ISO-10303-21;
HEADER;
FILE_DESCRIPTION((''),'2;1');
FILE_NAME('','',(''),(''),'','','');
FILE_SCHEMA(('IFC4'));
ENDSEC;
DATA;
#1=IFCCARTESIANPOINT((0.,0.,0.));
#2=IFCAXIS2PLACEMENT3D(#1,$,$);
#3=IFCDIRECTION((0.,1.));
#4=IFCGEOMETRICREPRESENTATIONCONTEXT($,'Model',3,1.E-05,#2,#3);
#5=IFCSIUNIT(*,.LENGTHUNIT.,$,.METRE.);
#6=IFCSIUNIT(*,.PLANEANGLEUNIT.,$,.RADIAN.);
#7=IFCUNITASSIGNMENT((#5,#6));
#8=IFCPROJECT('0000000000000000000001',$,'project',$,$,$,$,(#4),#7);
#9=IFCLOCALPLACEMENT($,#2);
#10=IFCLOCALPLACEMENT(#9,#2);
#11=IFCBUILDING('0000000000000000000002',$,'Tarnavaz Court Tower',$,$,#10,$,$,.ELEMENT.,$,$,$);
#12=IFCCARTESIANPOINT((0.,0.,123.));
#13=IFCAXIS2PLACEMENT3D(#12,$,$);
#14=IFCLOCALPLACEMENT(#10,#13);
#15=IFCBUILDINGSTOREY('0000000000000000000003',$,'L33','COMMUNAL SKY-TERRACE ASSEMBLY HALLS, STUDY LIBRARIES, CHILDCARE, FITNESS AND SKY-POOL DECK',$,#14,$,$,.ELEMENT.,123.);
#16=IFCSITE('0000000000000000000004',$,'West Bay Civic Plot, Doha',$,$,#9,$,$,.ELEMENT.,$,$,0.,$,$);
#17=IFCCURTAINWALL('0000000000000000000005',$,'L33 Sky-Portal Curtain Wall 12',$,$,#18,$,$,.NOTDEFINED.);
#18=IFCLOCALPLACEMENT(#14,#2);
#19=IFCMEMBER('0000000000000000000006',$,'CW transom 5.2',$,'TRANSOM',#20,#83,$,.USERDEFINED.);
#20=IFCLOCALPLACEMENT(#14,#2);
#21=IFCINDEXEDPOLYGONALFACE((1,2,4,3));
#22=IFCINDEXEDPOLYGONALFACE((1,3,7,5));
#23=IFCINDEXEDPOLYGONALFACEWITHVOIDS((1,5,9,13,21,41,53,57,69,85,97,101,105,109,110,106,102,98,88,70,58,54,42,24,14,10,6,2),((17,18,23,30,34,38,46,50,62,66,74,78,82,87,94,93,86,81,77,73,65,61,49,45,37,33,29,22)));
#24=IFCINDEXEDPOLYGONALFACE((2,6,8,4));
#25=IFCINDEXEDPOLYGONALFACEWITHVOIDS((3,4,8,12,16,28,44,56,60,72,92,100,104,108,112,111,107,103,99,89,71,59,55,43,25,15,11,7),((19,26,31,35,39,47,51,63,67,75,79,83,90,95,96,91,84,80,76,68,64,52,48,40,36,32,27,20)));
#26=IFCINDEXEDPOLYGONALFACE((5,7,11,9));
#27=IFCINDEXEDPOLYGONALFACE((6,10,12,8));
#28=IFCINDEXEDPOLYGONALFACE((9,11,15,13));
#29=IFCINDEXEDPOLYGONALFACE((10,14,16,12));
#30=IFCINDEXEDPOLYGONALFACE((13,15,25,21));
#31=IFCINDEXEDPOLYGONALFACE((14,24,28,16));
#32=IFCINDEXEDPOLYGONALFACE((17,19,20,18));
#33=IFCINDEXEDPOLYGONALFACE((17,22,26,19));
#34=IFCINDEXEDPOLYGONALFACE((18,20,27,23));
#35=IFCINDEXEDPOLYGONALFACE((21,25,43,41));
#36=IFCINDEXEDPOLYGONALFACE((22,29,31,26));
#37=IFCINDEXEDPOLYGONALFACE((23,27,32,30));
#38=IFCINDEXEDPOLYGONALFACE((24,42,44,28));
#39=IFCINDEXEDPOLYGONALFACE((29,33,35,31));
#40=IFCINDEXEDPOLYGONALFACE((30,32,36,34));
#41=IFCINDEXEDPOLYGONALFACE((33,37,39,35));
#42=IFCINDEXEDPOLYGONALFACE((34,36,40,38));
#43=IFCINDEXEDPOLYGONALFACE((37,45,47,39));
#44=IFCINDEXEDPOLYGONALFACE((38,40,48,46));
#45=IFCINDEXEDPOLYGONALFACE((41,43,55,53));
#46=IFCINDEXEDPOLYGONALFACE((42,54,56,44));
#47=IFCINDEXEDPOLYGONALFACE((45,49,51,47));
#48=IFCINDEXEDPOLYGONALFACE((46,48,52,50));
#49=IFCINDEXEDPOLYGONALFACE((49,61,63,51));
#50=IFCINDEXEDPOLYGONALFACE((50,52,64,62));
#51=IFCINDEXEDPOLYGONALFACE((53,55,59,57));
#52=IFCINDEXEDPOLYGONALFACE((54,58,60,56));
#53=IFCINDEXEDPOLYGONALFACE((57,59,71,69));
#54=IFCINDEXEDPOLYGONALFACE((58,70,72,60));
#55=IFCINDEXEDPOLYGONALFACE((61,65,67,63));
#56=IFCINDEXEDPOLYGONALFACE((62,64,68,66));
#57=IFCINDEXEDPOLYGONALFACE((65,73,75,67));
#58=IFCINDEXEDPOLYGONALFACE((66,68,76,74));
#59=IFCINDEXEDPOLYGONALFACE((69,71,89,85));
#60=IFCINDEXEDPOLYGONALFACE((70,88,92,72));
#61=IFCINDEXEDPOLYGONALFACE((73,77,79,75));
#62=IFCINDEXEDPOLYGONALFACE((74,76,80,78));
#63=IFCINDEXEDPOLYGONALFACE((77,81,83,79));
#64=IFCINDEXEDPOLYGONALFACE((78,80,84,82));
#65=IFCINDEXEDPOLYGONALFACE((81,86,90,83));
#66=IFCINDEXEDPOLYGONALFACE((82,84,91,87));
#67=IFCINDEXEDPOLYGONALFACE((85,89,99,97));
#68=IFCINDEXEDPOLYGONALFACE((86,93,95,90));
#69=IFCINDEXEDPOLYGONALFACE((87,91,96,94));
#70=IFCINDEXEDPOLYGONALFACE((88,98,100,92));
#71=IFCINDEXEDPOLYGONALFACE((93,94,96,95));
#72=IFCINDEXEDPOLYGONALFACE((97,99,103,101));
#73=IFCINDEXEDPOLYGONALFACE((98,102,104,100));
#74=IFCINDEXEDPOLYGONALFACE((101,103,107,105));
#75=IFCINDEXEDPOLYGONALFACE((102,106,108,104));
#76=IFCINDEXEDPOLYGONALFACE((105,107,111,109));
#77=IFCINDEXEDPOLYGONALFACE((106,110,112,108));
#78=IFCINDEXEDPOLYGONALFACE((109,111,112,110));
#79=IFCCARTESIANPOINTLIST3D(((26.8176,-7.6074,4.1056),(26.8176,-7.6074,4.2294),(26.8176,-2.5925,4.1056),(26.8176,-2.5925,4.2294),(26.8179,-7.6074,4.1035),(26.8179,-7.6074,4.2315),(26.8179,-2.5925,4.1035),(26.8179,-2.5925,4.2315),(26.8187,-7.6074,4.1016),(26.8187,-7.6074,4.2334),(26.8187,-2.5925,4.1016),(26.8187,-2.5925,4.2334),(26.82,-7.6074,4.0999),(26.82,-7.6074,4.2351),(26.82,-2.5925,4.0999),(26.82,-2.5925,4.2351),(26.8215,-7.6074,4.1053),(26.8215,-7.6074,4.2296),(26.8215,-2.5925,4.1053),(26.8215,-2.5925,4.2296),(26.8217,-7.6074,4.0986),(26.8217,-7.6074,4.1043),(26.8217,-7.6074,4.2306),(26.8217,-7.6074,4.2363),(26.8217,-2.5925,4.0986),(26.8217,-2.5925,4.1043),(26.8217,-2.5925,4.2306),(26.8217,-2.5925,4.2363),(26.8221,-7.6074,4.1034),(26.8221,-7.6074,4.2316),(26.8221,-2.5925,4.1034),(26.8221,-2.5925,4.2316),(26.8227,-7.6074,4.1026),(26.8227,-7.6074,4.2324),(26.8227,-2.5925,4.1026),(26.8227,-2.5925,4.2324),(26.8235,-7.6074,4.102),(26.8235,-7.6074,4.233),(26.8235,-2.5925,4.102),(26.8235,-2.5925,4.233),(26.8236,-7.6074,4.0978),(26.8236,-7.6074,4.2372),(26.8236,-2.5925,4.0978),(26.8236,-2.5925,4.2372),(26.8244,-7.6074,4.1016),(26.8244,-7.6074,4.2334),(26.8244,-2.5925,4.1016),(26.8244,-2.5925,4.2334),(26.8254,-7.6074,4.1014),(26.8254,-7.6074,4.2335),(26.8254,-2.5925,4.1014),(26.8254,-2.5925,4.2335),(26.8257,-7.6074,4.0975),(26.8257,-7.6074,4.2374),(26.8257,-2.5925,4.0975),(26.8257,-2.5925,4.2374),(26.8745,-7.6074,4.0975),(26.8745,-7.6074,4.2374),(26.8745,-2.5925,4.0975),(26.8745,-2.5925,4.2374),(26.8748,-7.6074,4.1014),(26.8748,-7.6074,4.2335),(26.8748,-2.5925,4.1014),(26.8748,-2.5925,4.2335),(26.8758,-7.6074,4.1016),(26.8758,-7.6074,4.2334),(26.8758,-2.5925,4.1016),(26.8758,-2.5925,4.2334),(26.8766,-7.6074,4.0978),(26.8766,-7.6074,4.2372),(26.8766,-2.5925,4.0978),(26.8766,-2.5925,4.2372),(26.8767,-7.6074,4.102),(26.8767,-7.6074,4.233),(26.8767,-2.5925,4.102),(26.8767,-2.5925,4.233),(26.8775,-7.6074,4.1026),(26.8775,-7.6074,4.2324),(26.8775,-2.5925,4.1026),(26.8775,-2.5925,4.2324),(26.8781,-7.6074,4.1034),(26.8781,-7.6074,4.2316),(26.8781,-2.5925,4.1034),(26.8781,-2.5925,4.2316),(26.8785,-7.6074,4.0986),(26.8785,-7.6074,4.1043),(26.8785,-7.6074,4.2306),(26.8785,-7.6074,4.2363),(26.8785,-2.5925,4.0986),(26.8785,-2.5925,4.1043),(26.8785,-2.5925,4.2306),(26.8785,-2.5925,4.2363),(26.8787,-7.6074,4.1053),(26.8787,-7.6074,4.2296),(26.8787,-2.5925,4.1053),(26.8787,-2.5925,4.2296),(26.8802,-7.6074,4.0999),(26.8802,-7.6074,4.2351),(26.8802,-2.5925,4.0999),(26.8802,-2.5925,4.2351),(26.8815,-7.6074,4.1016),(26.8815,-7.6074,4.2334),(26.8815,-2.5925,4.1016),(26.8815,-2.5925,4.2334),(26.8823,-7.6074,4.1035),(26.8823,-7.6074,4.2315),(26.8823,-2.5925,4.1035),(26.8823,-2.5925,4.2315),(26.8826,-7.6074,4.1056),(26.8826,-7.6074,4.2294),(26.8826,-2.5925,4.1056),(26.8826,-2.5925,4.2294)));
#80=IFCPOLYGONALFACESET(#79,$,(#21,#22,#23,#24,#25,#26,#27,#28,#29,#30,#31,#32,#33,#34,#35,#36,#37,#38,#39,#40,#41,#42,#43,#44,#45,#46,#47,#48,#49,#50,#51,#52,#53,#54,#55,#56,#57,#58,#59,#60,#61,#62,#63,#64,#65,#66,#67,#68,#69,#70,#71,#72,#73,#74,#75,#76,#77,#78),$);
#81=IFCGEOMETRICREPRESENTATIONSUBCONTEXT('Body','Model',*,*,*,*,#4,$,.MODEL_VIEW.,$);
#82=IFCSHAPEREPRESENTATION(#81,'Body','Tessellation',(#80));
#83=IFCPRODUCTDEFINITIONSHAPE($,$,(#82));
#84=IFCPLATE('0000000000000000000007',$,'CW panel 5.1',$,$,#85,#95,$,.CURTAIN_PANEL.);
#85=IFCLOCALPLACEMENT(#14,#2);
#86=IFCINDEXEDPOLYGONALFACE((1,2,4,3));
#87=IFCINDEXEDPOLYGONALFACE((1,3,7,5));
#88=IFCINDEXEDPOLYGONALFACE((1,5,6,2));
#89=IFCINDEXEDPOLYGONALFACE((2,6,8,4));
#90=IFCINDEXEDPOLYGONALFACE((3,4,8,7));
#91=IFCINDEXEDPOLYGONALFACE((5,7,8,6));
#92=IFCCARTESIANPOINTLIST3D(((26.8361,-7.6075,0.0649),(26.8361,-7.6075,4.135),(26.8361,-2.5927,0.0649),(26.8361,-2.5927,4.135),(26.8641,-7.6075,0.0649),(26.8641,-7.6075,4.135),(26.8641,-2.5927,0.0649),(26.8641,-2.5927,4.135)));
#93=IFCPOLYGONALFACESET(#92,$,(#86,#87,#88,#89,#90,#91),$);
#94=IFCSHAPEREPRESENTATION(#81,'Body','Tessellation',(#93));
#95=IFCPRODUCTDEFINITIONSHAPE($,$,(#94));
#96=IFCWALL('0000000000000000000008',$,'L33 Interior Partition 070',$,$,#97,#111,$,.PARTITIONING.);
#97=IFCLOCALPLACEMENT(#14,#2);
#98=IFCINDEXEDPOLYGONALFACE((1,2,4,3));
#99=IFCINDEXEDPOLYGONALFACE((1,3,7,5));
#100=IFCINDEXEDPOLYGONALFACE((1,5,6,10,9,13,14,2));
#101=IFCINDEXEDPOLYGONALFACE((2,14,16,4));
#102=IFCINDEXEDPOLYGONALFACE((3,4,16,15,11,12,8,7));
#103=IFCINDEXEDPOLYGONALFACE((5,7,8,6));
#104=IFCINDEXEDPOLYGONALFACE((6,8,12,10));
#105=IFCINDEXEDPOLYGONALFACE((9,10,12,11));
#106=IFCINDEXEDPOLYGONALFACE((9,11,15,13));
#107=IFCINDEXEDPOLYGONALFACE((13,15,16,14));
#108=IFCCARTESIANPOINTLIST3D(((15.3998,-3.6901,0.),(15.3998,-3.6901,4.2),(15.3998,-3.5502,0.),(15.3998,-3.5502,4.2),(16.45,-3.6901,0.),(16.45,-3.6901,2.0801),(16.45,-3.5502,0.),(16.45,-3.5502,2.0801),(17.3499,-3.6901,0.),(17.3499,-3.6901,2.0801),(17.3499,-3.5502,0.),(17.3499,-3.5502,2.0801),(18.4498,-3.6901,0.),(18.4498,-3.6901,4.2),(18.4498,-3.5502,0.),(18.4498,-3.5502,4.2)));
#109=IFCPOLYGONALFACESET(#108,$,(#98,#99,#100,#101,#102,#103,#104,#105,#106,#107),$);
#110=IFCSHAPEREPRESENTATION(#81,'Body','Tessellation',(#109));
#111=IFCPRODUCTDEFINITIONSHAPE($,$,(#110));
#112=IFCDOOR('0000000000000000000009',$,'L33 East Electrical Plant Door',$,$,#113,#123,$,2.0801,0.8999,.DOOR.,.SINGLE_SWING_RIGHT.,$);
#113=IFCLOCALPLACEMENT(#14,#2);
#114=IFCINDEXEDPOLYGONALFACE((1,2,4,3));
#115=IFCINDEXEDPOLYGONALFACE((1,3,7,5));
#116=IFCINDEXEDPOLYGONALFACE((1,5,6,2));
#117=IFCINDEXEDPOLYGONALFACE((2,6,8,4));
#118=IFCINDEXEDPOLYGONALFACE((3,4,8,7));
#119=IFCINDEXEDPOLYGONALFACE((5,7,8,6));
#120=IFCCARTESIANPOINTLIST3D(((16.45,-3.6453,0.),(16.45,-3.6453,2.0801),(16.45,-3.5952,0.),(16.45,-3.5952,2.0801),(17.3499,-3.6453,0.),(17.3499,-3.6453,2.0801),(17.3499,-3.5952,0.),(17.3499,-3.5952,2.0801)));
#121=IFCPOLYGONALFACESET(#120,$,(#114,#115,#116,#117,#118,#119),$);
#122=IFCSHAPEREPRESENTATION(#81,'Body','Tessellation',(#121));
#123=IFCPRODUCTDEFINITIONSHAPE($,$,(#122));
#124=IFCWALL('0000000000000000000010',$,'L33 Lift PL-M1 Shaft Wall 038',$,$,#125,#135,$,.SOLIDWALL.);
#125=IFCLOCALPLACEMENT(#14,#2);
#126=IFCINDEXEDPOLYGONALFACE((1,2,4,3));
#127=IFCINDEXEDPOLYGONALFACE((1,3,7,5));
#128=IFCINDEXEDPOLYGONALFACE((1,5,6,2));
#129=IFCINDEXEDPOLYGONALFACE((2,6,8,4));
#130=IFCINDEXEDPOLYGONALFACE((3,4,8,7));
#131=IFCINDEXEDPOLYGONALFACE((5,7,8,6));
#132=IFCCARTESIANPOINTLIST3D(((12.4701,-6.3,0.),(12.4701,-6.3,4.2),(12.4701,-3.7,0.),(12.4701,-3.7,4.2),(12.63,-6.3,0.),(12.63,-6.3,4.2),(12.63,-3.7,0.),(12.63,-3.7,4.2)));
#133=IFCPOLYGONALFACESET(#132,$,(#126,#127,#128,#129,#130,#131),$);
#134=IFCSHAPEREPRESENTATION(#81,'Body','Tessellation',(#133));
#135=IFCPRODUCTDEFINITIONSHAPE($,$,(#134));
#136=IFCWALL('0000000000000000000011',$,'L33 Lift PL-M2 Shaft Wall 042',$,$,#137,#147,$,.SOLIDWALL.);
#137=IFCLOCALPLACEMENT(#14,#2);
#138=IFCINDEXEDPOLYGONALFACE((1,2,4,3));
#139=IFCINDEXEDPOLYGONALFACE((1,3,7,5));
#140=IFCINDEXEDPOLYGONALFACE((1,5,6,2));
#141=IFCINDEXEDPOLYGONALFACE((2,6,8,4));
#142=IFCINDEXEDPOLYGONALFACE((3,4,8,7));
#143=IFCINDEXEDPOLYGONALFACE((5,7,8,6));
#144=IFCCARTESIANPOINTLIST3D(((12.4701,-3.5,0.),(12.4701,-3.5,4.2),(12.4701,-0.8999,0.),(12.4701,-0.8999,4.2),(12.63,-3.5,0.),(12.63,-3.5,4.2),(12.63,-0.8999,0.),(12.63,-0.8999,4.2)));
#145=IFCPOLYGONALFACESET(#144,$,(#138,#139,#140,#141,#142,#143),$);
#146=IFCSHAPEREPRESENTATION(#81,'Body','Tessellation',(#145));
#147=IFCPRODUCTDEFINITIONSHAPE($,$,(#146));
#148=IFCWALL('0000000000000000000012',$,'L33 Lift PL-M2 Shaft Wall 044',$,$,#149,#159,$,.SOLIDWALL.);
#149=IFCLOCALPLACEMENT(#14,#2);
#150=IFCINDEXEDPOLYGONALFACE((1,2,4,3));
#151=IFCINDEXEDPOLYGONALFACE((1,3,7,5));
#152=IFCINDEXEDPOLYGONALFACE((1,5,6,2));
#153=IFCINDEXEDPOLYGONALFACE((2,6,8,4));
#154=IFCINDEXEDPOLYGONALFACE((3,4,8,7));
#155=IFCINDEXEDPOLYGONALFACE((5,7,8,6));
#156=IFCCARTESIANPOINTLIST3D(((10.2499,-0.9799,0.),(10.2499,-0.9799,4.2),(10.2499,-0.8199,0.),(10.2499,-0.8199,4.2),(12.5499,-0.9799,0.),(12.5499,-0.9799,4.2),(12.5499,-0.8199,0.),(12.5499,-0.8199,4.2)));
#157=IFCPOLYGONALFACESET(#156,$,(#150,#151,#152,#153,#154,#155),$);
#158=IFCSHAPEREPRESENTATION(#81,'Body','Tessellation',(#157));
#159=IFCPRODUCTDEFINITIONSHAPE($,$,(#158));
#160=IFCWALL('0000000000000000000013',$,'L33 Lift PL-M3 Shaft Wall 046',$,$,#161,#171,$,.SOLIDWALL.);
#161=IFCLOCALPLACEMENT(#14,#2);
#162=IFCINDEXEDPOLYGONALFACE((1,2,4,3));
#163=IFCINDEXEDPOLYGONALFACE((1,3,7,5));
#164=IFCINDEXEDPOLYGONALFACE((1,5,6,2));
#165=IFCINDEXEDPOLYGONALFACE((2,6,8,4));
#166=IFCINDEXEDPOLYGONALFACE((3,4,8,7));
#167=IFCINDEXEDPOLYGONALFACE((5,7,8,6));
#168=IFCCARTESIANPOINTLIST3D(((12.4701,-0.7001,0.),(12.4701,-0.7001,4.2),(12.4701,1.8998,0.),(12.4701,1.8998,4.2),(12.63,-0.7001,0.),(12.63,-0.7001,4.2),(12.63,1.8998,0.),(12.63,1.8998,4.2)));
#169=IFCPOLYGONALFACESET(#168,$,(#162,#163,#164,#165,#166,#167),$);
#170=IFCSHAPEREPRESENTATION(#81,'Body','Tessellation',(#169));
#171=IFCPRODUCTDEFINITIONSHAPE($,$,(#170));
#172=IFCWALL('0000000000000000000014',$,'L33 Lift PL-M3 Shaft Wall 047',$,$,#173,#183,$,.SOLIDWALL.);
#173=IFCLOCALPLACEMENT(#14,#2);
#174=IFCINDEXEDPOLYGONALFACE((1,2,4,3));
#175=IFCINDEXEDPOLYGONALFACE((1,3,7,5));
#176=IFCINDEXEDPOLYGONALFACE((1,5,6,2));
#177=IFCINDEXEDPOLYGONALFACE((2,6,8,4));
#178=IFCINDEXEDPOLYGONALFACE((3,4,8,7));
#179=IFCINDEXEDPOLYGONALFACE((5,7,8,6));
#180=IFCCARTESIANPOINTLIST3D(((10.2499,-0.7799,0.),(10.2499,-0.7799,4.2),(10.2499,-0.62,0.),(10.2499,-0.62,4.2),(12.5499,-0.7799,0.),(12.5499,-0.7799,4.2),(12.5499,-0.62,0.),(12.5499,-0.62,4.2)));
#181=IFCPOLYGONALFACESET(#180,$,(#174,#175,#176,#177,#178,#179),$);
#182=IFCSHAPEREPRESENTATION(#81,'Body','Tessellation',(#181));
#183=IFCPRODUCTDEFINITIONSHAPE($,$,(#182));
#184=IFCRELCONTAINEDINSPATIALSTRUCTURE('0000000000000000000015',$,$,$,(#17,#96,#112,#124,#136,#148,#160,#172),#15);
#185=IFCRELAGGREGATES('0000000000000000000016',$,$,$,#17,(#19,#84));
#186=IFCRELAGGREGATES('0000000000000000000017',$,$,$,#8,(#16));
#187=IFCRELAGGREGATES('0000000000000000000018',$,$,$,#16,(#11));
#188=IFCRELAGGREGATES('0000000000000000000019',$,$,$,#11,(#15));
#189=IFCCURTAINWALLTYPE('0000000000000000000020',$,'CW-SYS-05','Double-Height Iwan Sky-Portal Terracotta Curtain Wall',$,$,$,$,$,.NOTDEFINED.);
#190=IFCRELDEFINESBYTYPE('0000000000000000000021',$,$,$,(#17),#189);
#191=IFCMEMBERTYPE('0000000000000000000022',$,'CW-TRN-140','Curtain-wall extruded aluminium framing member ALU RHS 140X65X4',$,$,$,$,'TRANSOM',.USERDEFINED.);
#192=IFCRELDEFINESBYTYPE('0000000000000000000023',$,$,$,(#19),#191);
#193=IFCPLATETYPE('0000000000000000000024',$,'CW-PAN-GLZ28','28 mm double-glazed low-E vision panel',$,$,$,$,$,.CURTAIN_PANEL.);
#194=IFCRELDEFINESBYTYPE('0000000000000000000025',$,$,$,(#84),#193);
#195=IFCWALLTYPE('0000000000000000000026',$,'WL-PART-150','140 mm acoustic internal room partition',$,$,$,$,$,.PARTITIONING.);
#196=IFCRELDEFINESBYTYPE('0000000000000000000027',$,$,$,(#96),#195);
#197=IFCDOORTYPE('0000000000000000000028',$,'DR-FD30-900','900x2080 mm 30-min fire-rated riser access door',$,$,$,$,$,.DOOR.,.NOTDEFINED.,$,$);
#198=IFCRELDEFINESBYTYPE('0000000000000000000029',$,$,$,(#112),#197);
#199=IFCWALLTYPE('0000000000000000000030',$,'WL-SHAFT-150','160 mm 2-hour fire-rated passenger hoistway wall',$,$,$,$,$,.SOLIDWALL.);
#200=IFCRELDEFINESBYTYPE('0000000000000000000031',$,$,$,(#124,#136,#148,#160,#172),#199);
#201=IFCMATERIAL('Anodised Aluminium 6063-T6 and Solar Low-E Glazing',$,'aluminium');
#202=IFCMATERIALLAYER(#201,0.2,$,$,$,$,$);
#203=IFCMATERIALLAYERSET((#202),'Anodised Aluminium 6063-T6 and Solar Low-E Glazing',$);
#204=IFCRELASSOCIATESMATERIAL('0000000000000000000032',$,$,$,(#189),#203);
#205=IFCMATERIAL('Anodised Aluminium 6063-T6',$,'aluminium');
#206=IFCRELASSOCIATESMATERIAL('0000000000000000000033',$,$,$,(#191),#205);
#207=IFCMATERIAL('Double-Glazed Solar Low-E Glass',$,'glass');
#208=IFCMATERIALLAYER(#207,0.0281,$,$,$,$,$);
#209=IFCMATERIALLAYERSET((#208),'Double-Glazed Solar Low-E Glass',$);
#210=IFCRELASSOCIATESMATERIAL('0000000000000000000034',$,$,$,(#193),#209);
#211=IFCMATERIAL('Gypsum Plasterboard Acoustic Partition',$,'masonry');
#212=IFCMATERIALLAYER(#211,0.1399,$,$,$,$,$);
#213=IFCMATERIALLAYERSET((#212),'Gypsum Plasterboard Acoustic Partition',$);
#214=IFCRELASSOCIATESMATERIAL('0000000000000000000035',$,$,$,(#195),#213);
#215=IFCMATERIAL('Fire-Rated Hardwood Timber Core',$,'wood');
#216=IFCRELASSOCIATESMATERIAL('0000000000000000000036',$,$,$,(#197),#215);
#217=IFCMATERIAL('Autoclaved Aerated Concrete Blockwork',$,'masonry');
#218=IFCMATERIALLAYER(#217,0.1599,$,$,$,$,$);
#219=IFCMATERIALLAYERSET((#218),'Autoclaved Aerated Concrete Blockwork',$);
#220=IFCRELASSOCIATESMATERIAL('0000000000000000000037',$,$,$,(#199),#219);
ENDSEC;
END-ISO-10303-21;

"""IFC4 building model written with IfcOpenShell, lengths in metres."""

from ifc_helpers import new_model, si_unit, direction, frame, frame_2d, origin, origin_2d, place, context, subcontext, project, spatial, rectangle, hollow_rectangle, extrude, material, layer, layer_set, material_profile, profile_set, type_object, element, fill, aggregate, save


model = new_model("IFC4")

# Units and contexts
model_context = context("Model", 3, precision=1e-05, world=origin(), true_north=direction((0.0, 1.0)))
body_context = subcontext(model_context, "Body", "Model", "MODEL_VIEW")
ifc_project = project(units=[si_unit("LENGTHUNIT", "METRE"), si_unit("PLANEANGLEUNIT", "RADIAN")], contexts=[model_context])

# Site, building, storey
site_placement = place(None, origin())
site = spatial("IfcSite", under=ifc_project, at=site_placement, Name="West Bay Civic Plot, Doha", CompositionType="ELEMENT", RefElevation=0.0)
building_placement = place(site_placement, origin())
building = spatial("IfcBuilding", under=site, at=building_placement, Name="Tarnavaz Court Tower", CompositionType="ELEMENT")
storey_placement = place(building_placement, frame((0.0, 0.0, 123.0)))
storey = spatial("IfcBuildingStorey", under=building, at=storey_placement, Name="L33", Description="COMMUNAL SKY-TERRACE ASSEMBLY HALLS, STUDY LIBRARIES, CHILDCARE, FITNESS AND SKY-POOL DECK", CompositionType="ELEMENT", Elevation=123.0)

# Curtain wall, member, plate
ifc_material_1 = material(Name="Anodised Aluminium 6063-T6 and Solar Low-E Glazing", Category="aluminium")
ifc_layer_1 = layer(ifc_material_1, 0.2)
ifc_layer_set_1 = layer_set([ifc_layer_1], Name="Anodised Aluminium 6063-T6 and Solar Low-E Glazing")
curtain_wall_type = type_object("IfcCurtainWallType", Name="CW-SYS-05", Description="Double-Height Iwan Sky-Portal Terracotta Curtain Wall", PredefinedType="NOTDEFINED", material=ifc_layer_set_1)
curtain_wall_placement = place(storey_placement, origin())
curtain_wall = element("IfcCurtainWall", 1, at=curtain_wall_placement, inside=storey, type_object=curtain_wall_type, Name="L33 Sky-Portal Curtain Wall 12", PredefinedType="NOTDEFINED")
ifc_material_2 = material(Name="Anodised Aluminium 6063-T6", Category="aluminium")
ifc_material_profile_1 = material_profile(ifc_material_2, hollow_rectangle(XDim=0.0649, YDim=0.1399, WallThickness=0.0039, InnerFilletRadius=0.0039, OuterFilletRadius=0.0081, at=origin_2d()), Name="ALU RHS 140X65X4")
ifc_profile_set_1 = profile_set([ifc_material_profile_1], Name="Anodised Aluminium 6063-T6")
member_type_1 = type_object("IfcMemberType", Name="CW-TRN-140", Description="Curtain-wall extruded aluminium framing member ALU RHS 140X65X4", ElementType="TRANSOM", PredefinedType="USERDEFINED", material=ifc_profile_set_1)
member_1_placement = place(storey_placement, frame((26.8501, -2.5925, 4.1675), z_axis=(0.0, -1.0, 0.0), x_axis=(1.0, 0.0, 0.0)))
member_1 = element("IfcMember", 2, at=member_1_placement, type_object=member_type_1, Name="CW transom 5.2", ObjectType="TRANSOM", PredefinedType="USERDEFINED", context=body_context, shape_type="SweptSolid", body=[
    extrude(hollow_rectangle(XDim=0.0649, YDim=0.1399, WallThickness=0.0039, InnerFilletRadius=0.0039, OuterFilletRadius=0.0081, at=origin_2d()), origin(), (0.0, 0.0, 1.0), 5.0149),
])
ifc_material_3 = material(Name="Double-Glazed Solar Low-E Glass", Category="glass")
ifc_layer_2 = layer(ifc_material_3, 0.0281)
ifc_layer_set_2 = layer_set([ifc_layer_2], Name="Double-Glazed Solar Low-E Glass")
plate_type = type_object("IfcPlateType", Name="CW-PAN-GLZ28", Description="28 mm double-glazed low-E vision panel", PredefinedType="CURTAIN_PANEL", material=ifc_layer_set_2)
plate_placement = place(storey_placement, frame((26.8501, -5.1001, 0.0649), z_axis=(0.0, 0.0, 1.0), x_axis=(0.0, -1.0, 0.0)))
plate = element("IfcPlate", 3, at=plate_placement, type_object=plate_type, Name="CW panel 5.1", PredefinedType="CURTAIN_PANEL", context=body_context, shape_type="SweptSolid", body=[
    extrude(rectangle(XDim=5.0149, YDim=0.0281, at=origin_2d()), origin(), (0.0, 0.0, 1.0), 4.0701),
])
aggregate(curtain_wall, [member_1, plate])

# Wall, opening, door
ifc_material_4 = material(Name="Gypsum Plasterboard Acoustic Partition", Category="masonry")
ifc_layer_3 = layer(ifc_material_4, 0.1399)
ifc_layer_set_3 = layer_set([ifc_layer_3], Name="Gypsum Plasterboard Acoustic Partition")
wall_type_1 = type_object("IfcWallType", Name="WL-PART-150", Description="140 mm acoustic internal room partition", PredefinedType="PARTITIONING", material=ifc_layer_set_3)
wall_1_placement = place(storey_placement, frame((15.3999, -3.6201, 0.0), z_axis=(0.0, 0.0, 1.0), x_axis=(1.0, 0.0, 0.0)))
wall_1 = element("IfcWall", 4, at=wall_1_placement, inside=storey, type_object=wall_type_1, Name="L33 Interior Partition 070", PredefinedType="PARTITIONING", context=body_context, shape_type="SweptSolid", body=[
    extrude(rectangle(XDim=3.05, YDim=0.1399, at=frame_2d((1.5249, 0.0))), origin(), (0.0, 0.0, 1.0), 4.2),
])
opening_1_placement = place(wall_1_placement, frame((1.05, 0.0, 0.0)))
opening_1 = element("IfcOpeningElement", 5, at=opening_1_placement, cuts=wall_1, PredefinedType="OPENING", context=body_context, shape_type="SweptSolid", body=[
    extrude(rectangle(XDim=0.8999, YDim=2.0801, at=frame_2d((0.45, 1.04))), frame((0.0, 0.0798, 0.0), z_axis=(0.0, -1.0, 0.0), x_axis=(1.0, 0.0, 0.0)), (0.0, 0.0, 1.0), 0.1599),
])
ifc_material_5 = material(Name="Fire-Rated Hardwood Timber Core", Category="wood")
door_type_1 = type_object("IfcDoorType", Name="DR-FD30-900", Description="900x2080 mm 30-min fire-rated riser access door", OperationType="NOTDEFINED", PredefinedType="DOOR", material=ifc_material_5)
door_1_placement = place(opening_1_placement, origin())
door_1 = element("IfcDoor", 6, at=door_1_placement, inside=storey, type_object=door_type_1, Name="L33 East Electrical Plant Door", OperationType="SINGLE_SWING_RIGHT", OverallHeight=2.0801, OverallWidth=0.8999, PredefinedType="DOOR", context=body_context, shape_type="SweptSolid", body=[
    extrude(rectangle(XDim=0.8999, YDim=2.0801, at=frame_2d((0.45, 1.04))), frame((0.0, 0.0249, 0.0), z_axis=(0.0, -1.0, 0.0), x_axis=(1.0, 0.0, 0.0)), (0.0, 0.0, 1.0), 0.05),
])
fill(opening_1, door_1)

# Walls
ifc_material_6 = material(Name="Autoclaved Aerated Concrete Blockwork", Category="masonry")
ifc_layer_4 = layer(ifc_material_6, 0.1599)
ifc_layer_set_4 = layer_set([ifc_layer_4], Name="Autoclaved Aerated Concrete Blockwork")
wall_type_2 = type_object("IfcWallType", Name="WL-SHAFT-150", Description="160 mm 2-hour fire-rated passenger hoistway wall", PredefinedType="SOLIDWALL", material=ifc_layer_set_4)
for number, where, z_axis, x_axis, name in (
    (7, (12.55, -6.3, 0.0), (0.0, 0.0, 1.0), (0.0, 1.0, 0.0), "L33 Lift PL-M1 Shaft Wall 038"),
    (8, (12.55, -3.5, 0.0), (0.0, 0.0, 1.0), (0.0, 1.0, 0.0), "L33 Lift PL-M2 Shaft Wall 042"),
):
    element("IfcWall", number, at=place(storey_placement, frame(where, z_axis=z_axis, x_axis=x_axis)), inside=storey, type_object=wall_type_2, Name=name, PredefinedType="SOLIDWALL", context=body_context, shape_type="SweptSolid", body=[
        extrude(rectangle(XDim=2.6001, YDim=0.1599, at=frame_2d((1.3, 0.0))), origin(), (0.0, 0.0, 1.0), 4.2),
    ])
wall_2_placement = place(storey_placement, frame((10.25, -0.8999, 0.0), z_axis=(0.0, 0.0, 1.0), x_axis=(1.0, 0.0, 0.0)))
element("IfcWall", 9, at=wall_2_placement, inside=storey, type_object=wall_type_2, Name="L33 Lift PL-M2 Shaft Wall 044", PredefinedType="SOLIDWALL", context=body_context, shape_type="SweptSolid", body=[
    extrude(rectangle(XDim=2.3, YDim=0.1599, at=frame_2d((1.1499, 0.0))), origin(), (0.0, 0.0, 1.0), 4.2),
])

# Walls
wall_3_placement = place(storey_placement, frame((12.55, -0.7, 0.0), z_axis=(0.0, 0.0, 1.0), x_axis=(0.0, 1.0, 0.0)))
element("IfcWall", 10, at=wall_3_placement, inside=storey, type_object=wall_type_2, Name="L33 Lift PL-M3 Shaft Wall 046", PredefinedType="SOLIDWALL", context=body_context, shape_type="SweptSolid", body=[
    extrude(rectangle(XDim=2.5999, YDim=0.1599, at=frame_2d((1.2998, 0.0))), origin(), (0.0, 0.0, 1.0), 4.2),
])
wall_4_placement = place(storey_placement, frame((10.25, -0.7, 0.0), z_axis=(0.0, 0.0, 1.0), x_axis=(1.0, 0.0, 0.0)))
element("IfcWall", 11, at=wall_4_placement, inside=storey, type_object=wall_type_2, Name="L33 Lift PL-M3 Shaft Wall 047", PredefinedType="SOLIDWALL", context=body_context, shape_type="SweptSolid", body=[
    extrude(rectangle(XDim=2.3, YDim=0.1599, at=frame_2d((1.1499, 0.0))), origin(), (0.0, 0.0, 1.0), 4.2),
])

save(model, "model.ifc")
